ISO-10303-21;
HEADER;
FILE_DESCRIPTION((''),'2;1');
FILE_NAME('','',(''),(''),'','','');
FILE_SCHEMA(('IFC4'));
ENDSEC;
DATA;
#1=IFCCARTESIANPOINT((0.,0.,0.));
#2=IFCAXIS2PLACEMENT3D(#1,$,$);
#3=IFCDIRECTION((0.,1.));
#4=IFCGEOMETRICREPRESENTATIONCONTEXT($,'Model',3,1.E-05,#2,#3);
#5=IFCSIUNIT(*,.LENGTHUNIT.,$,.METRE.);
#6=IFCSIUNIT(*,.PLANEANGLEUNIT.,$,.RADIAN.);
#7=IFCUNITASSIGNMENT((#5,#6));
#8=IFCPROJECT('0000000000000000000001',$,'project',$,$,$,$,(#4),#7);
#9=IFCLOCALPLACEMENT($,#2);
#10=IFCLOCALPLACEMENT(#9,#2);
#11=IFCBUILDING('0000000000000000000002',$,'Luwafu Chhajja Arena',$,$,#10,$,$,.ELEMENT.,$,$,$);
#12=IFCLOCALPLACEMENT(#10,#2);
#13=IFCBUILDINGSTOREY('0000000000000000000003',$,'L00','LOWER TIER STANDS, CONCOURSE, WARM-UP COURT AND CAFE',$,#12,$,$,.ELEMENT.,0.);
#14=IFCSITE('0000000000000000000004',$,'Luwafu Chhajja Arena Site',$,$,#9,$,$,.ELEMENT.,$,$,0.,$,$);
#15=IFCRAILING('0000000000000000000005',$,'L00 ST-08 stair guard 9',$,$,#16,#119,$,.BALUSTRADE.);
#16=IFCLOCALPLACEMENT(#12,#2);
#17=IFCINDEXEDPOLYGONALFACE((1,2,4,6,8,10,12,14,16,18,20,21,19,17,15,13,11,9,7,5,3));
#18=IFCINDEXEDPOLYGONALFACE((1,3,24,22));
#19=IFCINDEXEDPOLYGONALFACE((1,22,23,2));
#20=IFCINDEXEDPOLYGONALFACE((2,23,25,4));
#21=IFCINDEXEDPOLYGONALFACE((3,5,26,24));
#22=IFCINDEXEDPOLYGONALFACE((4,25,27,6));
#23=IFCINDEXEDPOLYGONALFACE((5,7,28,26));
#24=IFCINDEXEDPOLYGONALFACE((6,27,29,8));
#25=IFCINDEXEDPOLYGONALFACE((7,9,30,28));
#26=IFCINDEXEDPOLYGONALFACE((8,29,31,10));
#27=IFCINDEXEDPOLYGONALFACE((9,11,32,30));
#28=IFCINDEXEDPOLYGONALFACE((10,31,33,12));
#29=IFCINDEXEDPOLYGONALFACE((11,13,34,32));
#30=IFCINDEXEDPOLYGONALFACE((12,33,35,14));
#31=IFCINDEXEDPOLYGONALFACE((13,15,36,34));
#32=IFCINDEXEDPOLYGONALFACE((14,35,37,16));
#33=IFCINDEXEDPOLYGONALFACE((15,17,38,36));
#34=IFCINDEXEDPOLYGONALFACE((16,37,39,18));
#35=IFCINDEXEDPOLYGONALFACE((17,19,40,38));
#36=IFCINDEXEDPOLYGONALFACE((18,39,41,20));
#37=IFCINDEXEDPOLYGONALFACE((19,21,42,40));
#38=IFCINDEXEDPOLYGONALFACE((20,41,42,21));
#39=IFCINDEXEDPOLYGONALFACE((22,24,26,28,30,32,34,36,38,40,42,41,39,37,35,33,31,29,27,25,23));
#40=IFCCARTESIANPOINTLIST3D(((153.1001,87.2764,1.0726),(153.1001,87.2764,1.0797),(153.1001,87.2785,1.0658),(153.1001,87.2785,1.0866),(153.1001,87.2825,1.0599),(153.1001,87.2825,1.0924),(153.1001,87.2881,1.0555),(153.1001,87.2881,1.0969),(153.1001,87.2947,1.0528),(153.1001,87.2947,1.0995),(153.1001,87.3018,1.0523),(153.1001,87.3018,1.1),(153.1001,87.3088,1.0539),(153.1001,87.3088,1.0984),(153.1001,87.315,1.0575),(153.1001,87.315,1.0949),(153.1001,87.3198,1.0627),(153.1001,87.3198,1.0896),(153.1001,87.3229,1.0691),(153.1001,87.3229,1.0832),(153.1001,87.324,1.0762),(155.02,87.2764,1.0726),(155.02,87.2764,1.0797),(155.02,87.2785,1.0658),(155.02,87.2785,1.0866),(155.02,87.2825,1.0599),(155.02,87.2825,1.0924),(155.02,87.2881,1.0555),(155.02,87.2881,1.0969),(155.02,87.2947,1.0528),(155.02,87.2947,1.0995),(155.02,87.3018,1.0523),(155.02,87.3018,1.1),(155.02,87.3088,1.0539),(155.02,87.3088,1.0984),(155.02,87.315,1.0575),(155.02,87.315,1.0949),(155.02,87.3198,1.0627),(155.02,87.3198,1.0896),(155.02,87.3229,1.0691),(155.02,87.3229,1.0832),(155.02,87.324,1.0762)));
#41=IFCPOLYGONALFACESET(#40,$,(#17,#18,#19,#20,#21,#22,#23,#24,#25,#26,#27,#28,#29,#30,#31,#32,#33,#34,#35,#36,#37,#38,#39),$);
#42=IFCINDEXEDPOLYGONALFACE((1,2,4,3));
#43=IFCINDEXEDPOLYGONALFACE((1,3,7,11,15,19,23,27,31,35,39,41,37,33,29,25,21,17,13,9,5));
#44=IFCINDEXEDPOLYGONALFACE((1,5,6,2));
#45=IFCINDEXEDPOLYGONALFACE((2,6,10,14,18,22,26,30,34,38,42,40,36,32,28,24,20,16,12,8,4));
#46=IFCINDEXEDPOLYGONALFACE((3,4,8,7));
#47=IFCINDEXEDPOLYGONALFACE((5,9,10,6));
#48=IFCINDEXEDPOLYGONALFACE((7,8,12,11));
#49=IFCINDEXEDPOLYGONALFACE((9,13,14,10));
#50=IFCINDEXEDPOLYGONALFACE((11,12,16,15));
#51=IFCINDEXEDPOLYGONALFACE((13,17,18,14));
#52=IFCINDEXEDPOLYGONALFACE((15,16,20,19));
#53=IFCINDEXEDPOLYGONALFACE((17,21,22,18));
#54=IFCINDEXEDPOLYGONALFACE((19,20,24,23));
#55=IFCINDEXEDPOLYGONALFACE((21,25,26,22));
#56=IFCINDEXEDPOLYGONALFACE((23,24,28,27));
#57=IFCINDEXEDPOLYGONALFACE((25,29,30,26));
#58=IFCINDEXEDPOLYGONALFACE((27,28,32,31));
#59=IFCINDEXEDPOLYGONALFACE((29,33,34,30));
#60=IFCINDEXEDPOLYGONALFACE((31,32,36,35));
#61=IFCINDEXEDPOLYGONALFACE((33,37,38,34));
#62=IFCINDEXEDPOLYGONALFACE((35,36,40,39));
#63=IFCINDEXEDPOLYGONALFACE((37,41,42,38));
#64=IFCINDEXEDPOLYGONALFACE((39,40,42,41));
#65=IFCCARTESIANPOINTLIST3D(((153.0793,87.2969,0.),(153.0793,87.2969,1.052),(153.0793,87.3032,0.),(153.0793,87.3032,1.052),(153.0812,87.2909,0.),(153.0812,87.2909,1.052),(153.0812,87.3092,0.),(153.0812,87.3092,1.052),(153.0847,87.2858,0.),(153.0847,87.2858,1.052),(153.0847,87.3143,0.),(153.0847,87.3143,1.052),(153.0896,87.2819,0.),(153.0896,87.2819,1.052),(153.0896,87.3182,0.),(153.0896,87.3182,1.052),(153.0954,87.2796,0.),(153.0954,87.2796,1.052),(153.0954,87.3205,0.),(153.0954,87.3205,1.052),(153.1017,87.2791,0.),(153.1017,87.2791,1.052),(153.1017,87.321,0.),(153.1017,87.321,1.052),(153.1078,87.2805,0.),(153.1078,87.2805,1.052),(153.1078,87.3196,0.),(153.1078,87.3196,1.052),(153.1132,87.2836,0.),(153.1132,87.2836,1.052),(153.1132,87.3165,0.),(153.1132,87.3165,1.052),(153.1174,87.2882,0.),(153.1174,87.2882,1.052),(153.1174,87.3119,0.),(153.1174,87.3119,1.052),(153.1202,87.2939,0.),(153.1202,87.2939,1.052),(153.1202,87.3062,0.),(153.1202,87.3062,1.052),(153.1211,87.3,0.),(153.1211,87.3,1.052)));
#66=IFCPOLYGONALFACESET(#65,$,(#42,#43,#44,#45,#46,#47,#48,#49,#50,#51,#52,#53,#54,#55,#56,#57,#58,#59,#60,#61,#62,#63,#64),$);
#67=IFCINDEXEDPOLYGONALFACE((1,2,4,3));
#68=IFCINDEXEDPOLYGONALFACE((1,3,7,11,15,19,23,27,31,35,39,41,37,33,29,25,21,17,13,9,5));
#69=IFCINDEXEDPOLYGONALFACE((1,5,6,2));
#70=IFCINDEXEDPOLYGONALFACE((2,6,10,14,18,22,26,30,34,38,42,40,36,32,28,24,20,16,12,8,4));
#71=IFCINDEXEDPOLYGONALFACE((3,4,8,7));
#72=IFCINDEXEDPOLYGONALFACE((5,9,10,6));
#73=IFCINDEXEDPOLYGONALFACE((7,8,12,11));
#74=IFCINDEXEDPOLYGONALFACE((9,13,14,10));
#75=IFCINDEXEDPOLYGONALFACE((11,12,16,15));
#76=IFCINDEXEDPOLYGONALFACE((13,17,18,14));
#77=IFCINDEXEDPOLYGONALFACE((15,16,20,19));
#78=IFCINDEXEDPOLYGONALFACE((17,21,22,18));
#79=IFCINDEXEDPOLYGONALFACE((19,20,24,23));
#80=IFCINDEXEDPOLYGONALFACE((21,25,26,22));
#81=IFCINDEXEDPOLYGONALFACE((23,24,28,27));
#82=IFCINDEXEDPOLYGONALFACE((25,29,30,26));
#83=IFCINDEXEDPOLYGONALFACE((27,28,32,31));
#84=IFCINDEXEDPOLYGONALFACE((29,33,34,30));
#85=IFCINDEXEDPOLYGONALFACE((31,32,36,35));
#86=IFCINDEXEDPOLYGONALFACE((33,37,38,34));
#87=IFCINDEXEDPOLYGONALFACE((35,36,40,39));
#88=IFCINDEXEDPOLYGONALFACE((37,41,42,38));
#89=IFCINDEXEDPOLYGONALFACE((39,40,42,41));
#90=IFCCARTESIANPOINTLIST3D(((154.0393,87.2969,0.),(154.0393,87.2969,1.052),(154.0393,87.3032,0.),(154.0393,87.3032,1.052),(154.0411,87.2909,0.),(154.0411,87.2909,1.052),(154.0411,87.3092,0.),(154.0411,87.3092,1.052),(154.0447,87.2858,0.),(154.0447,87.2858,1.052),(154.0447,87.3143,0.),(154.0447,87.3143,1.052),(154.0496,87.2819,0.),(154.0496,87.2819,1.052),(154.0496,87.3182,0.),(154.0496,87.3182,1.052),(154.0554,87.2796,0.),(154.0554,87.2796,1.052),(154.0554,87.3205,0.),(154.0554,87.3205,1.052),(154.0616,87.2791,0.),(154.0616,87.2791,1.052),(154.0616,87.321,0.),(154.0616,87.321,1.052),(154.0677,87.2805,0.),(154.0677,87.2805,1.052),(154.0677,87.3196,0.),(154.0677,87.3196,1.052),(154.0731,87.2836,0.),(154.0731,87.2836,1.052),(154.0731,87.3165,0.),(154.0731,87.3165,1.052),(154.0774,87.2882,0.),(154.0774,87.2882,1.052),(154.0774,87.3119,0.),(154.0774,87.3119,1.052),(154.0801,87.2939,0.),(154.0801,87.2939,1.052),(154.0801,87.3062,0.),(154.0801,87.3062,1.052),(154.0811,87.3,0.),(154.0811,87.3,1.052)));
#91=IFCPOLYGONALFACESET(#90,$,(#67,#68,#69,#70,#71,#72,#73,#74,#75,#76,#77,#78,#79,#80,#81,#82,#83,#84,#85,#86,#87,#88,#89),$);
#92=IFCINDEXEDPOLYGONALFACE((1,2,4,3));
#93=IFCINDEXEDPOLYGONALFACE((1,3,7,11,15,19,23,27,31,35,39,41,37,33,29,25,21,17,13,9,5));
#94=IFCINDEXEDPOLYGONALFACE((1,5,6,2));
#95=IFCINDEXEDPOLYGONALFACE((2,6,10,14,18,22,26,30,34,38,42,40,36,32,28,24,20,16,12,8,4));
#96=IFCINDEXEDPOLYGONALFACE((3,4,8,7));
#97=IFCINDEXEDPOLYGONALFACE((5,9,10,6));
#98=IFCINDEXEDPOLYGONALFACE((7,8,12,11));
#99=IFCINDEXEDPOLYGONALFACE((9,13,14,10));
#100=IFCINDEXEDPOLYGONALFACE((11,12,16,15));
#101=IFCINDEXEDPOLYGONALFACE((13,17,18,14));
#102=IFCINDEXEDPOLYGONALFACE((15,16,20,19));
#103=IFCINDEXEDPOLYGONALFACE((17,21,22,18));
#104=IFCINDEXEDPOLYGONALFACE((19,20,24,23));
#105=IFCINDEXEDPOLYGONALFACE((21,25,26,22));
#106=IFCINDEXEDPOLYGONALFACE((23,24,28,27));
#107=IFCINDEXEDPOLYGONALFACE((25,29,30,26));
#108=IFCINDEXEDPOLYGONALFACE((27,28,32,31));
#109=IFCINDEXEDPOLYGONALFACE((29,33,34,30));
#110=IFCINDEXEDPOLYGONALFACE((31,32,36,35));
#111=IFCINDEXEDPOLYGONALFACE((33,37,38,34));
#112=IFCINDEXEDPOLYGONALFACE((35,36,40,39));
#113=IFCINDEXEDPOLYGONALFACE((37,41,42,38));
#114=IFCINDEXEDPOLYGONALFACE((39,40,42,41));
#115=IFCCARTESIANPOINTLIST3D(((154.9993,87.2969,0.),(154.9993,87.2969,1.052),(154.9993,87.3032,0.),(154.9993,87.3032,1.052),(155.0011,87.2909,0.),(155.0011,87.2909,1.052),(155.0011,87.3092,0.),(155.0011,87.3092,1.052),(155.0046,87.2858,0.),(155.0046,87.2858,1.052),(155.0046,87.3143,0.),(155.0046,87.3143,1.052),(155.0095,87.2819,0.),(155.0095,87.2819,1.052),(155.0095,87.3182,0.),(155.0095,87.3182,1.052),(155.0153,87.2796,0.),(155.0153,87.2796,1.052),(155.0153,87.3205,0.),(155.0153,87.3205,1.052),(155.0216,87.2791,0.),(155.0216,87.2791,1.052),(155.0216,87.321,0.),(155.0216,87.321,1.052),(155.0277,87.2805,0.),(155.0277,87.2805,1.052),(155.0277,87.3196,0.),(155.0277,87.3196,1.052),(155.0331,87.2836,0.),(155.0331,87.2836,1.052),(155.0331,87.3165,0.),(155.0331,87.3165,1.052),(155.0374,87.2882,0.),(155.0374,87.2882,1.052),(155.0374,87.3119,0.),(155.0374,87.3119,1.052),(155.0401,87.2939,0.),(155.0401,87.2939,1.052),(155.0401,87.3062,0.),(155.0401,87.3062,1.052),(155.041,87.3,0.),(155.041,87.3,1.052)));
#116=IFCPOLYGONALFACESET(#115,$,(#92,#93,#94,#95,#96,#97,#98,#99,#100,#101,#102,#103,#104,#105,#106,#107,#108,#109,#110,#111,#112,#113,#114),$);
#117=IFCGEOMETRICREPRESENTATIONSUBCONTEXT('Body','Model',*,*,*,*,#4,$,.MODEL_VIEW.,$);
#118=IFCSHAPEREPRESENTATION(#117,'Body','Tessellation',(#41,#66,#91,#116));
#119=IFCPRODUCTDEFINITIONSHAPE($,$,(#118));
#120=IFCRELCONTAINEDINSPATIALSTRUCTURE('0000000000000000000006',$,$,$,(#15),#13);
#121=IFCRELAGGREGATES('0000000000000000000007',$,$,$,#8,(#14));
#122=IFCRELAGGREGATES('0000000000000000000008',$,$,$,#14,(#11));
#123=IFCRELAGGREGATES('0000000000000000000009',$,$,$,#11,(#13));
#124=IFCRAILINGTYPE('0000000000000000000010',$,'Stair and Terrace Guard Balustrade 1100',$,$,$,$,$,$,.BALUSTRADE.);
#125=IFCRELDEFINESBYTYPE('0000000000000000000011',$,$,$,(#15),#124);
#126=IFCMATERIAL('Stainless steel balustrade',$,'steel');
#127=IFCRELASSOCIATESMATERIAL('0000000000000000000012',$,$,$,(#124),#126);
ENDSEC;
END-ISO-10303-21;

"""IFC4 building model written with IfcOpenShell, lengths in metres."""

from ifc_helpers import new_model, si_unit, direction, frame, origin, origin_2d, place, context, subcontext, project, spatial, circle, extrude, material, type_object, element, save


model = new_model("IFC4")

# Units and contexts
model_context = context("Model", 3, precision=1e-05, world=origin(), true_north=direction((0.0, 1.0)))
body_context = subcontext(model_context, "Body", "Model", "MODEL_VIEW")
ifc_project = project(units=[si_unit("LENGTHUNIT", "METRE"), si_unit("PLANEANGLEUNIT", "RADIAN")], contexts=[model_context])

# Site, building, storey
site_placement = place(None, origin())
site = spatial("IfcSite", under=ifc_project, at=site_placement, Name="Luwafu Chhajja Arena Site", CompositionType="ELEMENT", RefElevation=0.0)
building_placement = place(site_placement, origin())
building = spatial("IfcBuilding", under=site, at=building_placement, Name="Luwafu Chhajja Arena", CompositionType="ELEMENT")
storey_placement = place(building_placement, origin())
storey = spatial("IfcBuildingStorey", under=building, at=storey_placement, Name="L00", Description="LOWER TIER STANDS, CONCOURSE, WARM-UP COURT AND CAFE", CompositionType="ELEMENT", Elevation=0.0)

# Railing
ifc_material_1 = material(Name="Stainless steel balustrade", Category="steel")
railing_type_1 = type_object("IfcRailingType", Name="Stair and Terrace Guard Balustrade 1100", PredefinedType="BALUSTRADE", material=ifc_material_1)
for number, where, name in (
    (1, (153.1001, 87.3, 0.0), "L00 ST-08 stair guard 9"),
):
    element("IfcRailing", number, at=place(storey_placement, frame(where)), inside=storey, type_object=railing_type_1, Name=name, PredefinedType="BALUSTRADE", context=body_context, shape_type="SweptSolid", body=[
        extrude(circle(Radius=0.0239, at=origin_2d()), frame((0.0, 0.0, 1.0762), z_axis=(1.0, 0.0, 0.0), x_axis=(0.0, 1.0, 0.0)), (0.0, 0.0, 1.0), 1.9199),
        extrude(circle(Radius=0.021, at=origin_2d()), origin(), (0.0, 0.0, 1.0), 1.052),
        extrude(circle(Radius=0.021, at=origin_2d()), frame((0.96, 0.0, 0.0)), (0.0, 0.0, 1.0), 1.052),
        extrude(circle(Radius=0.021, at=origin_2d()), frame((1.9199, 0.0, 0.0)), (0.0, 0.0, 1.0), 1.052),
    ])

save(model, "model.ifc")
